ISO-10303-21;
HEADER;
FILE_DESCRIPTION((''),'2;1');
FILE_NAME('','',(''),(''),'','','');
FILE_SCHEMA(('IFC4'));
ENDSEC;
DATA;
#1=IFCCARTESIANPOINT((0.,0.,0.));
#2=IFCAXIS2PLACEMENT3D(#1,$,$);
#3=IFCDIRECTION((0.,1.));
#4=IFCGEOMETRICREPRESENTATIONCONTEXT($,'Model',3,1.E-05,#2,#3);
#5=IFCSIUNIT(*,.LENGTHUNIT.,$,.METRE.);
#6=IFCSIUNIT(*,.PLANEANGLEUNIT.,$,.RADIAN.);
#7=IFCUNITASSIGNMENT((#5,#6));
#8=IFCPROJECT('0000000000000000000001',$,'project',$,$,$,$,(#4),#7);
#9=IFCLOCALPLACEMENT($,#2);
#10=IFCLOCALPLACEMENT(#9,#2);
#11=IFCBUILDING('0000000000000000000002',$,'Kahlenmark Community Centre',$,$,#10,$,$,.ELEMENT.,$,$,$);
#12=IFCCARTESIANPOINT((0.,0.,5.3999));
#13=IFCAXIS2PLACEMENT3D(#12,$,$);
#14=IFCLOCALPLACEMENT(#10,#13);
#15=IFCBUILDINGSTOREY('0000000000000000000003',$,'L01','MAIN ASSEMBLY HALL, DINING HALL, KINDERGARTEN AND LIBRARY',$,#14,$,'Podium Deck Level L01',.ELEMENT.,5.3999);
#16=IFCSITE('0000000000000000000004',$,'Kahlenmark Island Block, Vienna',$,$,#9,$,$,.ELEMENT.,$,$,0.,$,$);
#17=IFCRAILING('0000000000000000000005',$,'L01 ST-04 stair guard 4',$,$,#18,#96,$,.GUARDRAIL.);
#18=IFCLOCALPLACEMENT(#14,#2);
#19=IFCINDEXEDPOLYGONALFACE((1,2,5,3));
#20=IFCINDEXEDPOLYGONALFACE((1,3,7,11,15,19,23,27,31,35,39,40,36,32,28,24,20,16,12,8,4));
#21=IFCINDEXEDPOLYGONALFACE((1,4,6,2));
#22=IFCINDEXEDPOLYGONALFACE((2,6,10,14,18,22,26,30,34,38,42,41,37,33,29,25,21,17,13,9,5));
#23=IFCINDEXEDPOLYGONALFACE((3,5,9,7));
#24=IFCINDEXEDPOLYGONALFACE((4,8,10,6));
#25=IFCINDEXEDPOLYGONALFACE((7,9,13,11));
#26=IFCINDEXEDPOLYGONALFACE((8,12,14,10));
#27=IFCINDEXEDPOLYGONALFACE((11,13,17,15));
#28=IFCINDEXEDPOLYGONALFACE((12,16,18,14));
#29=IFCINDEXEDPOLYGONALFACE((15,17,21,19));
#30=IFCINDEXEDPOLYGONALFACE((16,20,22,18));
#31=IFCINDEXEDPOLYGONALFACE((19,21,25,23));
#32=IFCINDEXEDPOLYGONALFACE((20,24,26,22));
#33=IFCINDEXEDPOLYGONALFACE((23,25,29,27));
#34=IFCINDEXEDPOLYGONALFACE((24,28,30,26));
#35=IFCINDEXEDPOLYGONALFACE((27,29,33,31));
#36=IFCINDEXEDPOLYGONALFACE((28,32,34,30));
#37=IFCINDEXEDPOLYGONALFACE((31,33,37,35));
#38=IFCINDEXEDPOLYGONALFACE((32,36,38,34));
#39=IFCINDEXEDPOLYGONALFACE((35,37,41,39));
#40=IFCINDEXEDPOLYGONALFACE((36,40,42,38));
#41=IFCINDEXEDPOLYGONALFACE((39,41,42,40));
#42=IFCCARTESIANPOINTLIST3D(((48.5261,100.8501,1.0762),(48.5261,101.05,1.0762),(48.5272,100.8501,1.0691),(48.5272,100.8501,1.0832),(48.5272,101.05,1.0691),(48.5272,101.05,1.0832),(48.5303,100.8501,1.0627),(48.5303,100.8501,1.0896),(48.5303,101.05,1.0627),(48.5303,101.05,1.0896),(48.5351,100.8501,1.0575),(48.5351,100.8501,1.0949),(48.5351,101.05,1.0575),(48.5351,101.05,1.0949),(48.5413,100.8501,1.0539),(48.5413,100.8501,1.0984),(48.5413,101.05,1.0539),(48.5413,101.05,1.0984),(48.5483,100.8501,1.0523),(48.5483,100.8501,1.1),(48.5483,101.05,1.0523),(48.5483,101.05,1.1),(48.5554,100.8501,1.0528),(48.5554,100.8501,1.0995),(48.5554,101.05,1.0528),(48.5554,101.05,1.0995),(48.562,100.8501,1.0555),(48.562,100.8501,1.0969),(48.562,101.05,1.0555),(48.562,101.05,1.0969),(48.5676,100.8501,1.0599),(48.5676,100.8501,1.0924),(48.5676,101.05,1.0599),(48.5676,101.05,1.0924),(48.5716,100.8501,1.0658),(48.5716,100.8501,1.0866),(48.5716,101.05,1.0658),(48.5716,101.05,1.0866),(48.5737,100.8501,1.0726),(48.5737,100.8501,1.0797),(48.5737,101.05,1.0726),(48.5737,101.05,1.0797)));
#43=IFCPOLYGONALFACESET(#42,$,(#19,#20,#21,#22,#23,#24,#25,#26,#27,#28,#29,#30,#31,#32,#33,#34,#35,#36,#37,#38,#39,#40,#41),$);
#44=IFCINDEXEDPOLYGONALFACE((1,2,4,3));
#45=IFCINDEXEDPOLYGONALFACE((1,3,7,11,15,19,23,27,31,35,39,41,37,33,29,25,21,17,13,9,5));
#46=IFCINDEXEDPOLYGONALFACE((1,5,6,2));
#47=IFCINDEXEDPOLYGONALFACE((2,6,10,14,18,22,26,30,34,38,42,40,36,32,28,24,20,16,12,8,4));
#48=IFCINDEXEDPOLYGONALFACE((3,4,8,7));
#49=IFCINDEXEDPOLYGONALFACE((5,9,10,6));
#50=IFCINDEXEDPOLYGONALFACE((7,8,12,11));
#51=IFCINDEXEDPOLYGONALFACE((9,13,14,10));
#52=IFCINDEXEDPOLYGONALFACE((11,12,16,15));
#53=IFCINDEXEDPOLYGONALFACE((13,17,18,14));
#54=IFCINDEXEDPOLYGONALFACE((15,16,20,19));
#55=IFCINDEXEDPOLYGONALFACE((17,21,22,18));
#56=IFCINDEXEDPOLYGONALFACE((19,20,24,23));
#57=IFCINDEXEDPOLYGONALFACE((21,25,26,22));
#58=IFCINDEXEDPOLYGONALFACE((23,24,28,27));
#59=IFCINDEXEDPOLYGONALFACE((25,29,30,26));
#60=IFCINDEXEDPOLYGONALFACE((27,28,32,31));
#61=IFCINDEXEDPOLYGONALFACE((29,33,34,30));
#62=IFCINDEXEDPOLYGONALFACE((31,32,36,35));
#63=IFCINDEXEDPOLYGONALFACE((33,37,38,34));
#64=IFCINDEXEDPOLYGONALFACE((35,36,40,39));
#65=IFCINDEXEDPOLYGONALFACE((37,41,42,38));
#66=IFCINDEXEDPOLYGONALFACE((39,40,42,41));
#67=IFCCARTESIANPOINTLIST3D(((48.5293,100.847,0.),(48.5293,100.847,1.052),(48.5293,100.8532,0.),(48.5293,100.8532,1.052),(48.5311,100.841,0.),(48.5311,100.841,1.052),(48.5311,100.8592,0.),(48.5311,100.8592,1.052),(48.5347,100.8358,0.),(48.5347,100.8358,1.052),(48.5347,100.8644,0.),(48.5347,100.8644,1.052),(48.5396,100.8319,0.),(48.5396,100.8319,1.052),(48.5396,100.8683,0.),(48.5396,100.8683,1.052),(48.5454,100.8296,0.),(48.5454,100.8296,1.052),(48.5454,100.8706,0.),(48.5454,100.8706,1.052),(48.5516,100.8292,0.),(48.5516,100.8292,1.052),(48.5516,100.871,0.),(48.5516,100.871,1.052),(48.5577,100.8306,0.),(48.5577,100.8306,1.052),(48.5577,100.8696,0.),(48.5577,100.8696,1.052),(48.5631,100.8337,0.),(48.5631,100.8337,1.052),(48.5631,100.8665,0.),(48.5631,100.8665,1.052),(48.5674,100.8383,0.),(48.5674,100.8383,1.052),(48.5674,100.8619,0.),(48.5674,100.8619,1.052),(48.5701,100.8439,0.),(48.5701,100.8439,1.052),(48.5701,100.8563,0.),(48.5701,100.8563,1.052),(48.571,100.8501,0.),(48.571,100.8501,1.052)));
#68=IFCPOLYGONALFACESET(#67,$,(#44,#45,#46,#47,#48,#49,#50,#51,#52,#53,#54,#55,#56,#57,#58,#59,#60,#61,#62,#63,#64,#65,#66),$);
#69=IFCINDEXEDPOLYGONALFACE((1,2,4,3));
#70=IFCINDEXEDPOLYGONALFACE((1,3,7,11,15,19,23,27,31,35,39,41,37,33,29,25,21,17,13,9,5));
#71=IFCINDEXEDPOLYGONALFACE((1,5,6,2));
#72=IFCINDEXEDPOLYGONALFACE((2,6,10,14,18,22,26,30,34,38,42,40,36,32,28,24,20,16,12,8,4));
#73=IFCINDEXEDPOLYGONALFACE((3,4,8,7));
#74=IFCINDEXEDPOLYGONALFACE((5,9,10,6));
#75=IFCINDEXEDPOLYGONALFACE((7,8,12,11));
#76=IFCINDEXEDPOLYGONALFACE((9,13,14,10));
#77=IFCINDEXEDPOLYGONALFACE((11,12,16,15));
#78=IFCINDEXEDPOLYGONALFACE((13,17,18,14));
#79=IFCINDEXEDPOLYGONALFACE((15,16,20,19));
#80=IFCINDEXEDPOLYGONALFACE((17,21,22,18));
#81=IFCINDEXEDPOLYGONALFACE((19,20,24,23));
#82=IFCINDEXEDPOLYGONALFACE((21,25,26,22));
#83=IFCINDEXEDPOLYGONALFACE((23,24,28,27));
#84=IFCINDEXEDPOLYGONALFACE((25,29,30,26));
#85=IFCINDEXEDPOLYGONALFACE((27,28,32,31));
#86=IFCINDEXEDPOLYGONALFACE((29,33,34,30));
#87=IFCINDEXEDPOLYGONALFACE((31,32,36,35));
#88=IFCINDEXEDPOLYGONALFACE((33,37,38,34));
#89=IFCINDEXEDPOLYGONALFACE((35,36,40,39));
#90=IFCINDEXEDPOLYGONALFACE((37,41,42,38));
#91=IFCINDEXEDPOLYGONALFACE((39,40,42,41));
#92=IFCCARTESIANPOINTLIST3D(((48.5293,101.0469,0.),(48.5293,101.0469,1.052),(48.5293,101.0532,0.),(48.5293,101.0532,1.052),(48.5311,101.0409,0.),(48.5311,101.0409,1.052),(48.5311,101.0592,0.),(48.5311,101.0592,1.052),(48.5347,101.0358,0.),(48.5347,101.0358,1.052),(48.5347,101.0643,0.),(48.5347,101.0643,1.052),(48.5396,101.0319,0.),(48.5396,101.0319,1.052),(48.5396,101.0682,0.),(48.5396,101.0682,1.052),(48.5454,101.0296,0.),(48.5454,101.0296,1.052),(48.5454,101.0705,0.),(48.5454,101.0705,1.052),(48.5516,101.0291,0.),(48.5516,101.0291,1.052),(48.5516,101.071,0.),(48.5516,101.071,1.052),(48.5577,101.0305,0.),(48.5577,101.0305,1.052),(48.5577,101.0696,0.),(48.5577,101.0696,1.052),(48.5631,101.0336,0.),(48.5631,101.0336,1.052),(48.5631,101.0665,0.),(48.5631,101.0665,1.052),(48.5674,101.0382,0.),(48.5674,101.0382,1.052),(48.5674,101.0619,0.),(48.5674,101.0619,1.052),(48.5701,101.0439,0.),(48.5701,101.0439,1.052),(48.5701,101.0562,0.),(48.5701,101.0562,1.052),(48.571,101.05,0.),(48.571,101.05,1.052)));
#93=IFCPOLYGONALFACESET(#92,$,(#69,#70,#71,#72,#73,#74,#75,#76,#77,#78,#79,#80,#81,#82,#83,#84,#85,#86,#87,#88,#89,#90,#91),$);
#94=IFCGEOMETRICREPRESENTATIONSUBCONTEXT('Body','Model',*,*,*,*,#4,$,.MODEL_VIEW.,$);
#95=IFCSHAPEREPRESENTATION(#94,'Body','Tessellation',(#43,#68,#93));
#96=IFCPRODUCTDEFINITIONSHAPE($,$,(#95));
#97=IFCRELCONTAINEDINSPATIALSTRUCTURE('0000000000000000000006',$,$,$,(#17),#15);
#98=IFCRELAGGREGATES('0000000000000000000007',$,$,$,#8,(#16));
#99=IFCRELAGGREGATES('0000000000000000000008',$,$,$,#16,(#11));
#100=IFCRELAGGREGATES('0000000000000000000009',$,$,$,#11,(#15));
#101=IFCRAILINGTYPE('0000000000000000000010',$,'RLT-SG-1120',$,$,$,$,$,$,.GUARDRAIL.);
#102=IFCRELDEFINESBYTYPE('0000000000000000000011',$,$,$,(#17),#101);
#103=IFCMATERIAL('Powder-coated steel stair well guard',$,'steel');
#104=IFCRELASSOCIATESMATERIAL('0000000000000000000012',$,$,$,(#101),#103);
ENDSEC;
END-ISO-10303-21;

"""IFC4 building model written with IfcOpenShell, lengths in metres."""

from ifc_helpers import new_model, si_unit, direction, frame, origin, origin_2d, place, context, subcontext, project, spatial, circle, extrude, material, type_object, element, save


model = new_model("IFC4")

# Units and contexts
model_context = context("Model", 3, precision=1e-05, world=origin(), true_north=direction((0.0, 1.0)))
body_context = subcontext(model_context, "Body", "Model", "MODEL_VIEW")
ifc_project = project(units=[si_unit("LENGTHUNIT", "METRE"), si_unit("PLANEANGLEUNIT", "RADIAN")], contexts=[model_context])

# Site, building, storey
site_placement = place(None, origin())
site = spatial("IfcSite", under=ifc_project, at=site_placement, Name="Kahlenmark Island Block, Vienna", CompositionType="ELEMENT", RefElevation=0.0)
building_placement = place(site_placement, origin())
building = spatial("IfcBuilding", under=site, at=building_placement, Name="Kahlenmark Community Centre", CompositionType="ELEMENT")
storey_placement = place(building_placement, frame((0.0, 0.0, 5.3999)))
storey = spatial("IfcBuildingStorey", under=building, at=storey_placement, Name="L01", Description="MAIN ASSEMBLY HALL, DINING HALL, KINDERGARTEN AND LIBRARY", LongName="Podium Deck Level L01", CompositionType="ELEMENT", Elevation=5.3999)

# Railing
ifc_material_1 = material(Name="Powder-coated steel stair well guard", Category="steel")
railing_type_1 = type_object("IfcRailingType", Name="RLT-SG-1120", PredefinedType="GUARDRAIL", material=ifc_material_1)
railing_1_placement = place(storey_placement, frame((48.55, 100.8501, 0.0)))
element("IfcRailing", 1, at=railing_1_placement, inside=storey, type_object=railing_type_1, Name="L01 ST-04 stair guard 4", PredefinedType="GUARDRAIL", context=body_context, shape_type="SweptSolid", body=[
    extrude(circle(Radius=0.0239, at=origin_2d()), frame((0.0, 0.0, 1.0762), z_axis=(0.0, 1.0, 0.0), x_axis=(-1.0, 0.0, 0.0)), (0.0, 0.0, 1.0), 0.2),
    extrude(circle(Radius=0.021, at=origin_2d()), origin(), (0.0, 0.0, 1.0), 1.052),
    extrude(circle(Radius=0.021, at=origin_2d()), frame((0.0, 0.2, 0.0)), (0.0, 0.0, 1.0), 1.052),
])

save(model, "model.ifc")
